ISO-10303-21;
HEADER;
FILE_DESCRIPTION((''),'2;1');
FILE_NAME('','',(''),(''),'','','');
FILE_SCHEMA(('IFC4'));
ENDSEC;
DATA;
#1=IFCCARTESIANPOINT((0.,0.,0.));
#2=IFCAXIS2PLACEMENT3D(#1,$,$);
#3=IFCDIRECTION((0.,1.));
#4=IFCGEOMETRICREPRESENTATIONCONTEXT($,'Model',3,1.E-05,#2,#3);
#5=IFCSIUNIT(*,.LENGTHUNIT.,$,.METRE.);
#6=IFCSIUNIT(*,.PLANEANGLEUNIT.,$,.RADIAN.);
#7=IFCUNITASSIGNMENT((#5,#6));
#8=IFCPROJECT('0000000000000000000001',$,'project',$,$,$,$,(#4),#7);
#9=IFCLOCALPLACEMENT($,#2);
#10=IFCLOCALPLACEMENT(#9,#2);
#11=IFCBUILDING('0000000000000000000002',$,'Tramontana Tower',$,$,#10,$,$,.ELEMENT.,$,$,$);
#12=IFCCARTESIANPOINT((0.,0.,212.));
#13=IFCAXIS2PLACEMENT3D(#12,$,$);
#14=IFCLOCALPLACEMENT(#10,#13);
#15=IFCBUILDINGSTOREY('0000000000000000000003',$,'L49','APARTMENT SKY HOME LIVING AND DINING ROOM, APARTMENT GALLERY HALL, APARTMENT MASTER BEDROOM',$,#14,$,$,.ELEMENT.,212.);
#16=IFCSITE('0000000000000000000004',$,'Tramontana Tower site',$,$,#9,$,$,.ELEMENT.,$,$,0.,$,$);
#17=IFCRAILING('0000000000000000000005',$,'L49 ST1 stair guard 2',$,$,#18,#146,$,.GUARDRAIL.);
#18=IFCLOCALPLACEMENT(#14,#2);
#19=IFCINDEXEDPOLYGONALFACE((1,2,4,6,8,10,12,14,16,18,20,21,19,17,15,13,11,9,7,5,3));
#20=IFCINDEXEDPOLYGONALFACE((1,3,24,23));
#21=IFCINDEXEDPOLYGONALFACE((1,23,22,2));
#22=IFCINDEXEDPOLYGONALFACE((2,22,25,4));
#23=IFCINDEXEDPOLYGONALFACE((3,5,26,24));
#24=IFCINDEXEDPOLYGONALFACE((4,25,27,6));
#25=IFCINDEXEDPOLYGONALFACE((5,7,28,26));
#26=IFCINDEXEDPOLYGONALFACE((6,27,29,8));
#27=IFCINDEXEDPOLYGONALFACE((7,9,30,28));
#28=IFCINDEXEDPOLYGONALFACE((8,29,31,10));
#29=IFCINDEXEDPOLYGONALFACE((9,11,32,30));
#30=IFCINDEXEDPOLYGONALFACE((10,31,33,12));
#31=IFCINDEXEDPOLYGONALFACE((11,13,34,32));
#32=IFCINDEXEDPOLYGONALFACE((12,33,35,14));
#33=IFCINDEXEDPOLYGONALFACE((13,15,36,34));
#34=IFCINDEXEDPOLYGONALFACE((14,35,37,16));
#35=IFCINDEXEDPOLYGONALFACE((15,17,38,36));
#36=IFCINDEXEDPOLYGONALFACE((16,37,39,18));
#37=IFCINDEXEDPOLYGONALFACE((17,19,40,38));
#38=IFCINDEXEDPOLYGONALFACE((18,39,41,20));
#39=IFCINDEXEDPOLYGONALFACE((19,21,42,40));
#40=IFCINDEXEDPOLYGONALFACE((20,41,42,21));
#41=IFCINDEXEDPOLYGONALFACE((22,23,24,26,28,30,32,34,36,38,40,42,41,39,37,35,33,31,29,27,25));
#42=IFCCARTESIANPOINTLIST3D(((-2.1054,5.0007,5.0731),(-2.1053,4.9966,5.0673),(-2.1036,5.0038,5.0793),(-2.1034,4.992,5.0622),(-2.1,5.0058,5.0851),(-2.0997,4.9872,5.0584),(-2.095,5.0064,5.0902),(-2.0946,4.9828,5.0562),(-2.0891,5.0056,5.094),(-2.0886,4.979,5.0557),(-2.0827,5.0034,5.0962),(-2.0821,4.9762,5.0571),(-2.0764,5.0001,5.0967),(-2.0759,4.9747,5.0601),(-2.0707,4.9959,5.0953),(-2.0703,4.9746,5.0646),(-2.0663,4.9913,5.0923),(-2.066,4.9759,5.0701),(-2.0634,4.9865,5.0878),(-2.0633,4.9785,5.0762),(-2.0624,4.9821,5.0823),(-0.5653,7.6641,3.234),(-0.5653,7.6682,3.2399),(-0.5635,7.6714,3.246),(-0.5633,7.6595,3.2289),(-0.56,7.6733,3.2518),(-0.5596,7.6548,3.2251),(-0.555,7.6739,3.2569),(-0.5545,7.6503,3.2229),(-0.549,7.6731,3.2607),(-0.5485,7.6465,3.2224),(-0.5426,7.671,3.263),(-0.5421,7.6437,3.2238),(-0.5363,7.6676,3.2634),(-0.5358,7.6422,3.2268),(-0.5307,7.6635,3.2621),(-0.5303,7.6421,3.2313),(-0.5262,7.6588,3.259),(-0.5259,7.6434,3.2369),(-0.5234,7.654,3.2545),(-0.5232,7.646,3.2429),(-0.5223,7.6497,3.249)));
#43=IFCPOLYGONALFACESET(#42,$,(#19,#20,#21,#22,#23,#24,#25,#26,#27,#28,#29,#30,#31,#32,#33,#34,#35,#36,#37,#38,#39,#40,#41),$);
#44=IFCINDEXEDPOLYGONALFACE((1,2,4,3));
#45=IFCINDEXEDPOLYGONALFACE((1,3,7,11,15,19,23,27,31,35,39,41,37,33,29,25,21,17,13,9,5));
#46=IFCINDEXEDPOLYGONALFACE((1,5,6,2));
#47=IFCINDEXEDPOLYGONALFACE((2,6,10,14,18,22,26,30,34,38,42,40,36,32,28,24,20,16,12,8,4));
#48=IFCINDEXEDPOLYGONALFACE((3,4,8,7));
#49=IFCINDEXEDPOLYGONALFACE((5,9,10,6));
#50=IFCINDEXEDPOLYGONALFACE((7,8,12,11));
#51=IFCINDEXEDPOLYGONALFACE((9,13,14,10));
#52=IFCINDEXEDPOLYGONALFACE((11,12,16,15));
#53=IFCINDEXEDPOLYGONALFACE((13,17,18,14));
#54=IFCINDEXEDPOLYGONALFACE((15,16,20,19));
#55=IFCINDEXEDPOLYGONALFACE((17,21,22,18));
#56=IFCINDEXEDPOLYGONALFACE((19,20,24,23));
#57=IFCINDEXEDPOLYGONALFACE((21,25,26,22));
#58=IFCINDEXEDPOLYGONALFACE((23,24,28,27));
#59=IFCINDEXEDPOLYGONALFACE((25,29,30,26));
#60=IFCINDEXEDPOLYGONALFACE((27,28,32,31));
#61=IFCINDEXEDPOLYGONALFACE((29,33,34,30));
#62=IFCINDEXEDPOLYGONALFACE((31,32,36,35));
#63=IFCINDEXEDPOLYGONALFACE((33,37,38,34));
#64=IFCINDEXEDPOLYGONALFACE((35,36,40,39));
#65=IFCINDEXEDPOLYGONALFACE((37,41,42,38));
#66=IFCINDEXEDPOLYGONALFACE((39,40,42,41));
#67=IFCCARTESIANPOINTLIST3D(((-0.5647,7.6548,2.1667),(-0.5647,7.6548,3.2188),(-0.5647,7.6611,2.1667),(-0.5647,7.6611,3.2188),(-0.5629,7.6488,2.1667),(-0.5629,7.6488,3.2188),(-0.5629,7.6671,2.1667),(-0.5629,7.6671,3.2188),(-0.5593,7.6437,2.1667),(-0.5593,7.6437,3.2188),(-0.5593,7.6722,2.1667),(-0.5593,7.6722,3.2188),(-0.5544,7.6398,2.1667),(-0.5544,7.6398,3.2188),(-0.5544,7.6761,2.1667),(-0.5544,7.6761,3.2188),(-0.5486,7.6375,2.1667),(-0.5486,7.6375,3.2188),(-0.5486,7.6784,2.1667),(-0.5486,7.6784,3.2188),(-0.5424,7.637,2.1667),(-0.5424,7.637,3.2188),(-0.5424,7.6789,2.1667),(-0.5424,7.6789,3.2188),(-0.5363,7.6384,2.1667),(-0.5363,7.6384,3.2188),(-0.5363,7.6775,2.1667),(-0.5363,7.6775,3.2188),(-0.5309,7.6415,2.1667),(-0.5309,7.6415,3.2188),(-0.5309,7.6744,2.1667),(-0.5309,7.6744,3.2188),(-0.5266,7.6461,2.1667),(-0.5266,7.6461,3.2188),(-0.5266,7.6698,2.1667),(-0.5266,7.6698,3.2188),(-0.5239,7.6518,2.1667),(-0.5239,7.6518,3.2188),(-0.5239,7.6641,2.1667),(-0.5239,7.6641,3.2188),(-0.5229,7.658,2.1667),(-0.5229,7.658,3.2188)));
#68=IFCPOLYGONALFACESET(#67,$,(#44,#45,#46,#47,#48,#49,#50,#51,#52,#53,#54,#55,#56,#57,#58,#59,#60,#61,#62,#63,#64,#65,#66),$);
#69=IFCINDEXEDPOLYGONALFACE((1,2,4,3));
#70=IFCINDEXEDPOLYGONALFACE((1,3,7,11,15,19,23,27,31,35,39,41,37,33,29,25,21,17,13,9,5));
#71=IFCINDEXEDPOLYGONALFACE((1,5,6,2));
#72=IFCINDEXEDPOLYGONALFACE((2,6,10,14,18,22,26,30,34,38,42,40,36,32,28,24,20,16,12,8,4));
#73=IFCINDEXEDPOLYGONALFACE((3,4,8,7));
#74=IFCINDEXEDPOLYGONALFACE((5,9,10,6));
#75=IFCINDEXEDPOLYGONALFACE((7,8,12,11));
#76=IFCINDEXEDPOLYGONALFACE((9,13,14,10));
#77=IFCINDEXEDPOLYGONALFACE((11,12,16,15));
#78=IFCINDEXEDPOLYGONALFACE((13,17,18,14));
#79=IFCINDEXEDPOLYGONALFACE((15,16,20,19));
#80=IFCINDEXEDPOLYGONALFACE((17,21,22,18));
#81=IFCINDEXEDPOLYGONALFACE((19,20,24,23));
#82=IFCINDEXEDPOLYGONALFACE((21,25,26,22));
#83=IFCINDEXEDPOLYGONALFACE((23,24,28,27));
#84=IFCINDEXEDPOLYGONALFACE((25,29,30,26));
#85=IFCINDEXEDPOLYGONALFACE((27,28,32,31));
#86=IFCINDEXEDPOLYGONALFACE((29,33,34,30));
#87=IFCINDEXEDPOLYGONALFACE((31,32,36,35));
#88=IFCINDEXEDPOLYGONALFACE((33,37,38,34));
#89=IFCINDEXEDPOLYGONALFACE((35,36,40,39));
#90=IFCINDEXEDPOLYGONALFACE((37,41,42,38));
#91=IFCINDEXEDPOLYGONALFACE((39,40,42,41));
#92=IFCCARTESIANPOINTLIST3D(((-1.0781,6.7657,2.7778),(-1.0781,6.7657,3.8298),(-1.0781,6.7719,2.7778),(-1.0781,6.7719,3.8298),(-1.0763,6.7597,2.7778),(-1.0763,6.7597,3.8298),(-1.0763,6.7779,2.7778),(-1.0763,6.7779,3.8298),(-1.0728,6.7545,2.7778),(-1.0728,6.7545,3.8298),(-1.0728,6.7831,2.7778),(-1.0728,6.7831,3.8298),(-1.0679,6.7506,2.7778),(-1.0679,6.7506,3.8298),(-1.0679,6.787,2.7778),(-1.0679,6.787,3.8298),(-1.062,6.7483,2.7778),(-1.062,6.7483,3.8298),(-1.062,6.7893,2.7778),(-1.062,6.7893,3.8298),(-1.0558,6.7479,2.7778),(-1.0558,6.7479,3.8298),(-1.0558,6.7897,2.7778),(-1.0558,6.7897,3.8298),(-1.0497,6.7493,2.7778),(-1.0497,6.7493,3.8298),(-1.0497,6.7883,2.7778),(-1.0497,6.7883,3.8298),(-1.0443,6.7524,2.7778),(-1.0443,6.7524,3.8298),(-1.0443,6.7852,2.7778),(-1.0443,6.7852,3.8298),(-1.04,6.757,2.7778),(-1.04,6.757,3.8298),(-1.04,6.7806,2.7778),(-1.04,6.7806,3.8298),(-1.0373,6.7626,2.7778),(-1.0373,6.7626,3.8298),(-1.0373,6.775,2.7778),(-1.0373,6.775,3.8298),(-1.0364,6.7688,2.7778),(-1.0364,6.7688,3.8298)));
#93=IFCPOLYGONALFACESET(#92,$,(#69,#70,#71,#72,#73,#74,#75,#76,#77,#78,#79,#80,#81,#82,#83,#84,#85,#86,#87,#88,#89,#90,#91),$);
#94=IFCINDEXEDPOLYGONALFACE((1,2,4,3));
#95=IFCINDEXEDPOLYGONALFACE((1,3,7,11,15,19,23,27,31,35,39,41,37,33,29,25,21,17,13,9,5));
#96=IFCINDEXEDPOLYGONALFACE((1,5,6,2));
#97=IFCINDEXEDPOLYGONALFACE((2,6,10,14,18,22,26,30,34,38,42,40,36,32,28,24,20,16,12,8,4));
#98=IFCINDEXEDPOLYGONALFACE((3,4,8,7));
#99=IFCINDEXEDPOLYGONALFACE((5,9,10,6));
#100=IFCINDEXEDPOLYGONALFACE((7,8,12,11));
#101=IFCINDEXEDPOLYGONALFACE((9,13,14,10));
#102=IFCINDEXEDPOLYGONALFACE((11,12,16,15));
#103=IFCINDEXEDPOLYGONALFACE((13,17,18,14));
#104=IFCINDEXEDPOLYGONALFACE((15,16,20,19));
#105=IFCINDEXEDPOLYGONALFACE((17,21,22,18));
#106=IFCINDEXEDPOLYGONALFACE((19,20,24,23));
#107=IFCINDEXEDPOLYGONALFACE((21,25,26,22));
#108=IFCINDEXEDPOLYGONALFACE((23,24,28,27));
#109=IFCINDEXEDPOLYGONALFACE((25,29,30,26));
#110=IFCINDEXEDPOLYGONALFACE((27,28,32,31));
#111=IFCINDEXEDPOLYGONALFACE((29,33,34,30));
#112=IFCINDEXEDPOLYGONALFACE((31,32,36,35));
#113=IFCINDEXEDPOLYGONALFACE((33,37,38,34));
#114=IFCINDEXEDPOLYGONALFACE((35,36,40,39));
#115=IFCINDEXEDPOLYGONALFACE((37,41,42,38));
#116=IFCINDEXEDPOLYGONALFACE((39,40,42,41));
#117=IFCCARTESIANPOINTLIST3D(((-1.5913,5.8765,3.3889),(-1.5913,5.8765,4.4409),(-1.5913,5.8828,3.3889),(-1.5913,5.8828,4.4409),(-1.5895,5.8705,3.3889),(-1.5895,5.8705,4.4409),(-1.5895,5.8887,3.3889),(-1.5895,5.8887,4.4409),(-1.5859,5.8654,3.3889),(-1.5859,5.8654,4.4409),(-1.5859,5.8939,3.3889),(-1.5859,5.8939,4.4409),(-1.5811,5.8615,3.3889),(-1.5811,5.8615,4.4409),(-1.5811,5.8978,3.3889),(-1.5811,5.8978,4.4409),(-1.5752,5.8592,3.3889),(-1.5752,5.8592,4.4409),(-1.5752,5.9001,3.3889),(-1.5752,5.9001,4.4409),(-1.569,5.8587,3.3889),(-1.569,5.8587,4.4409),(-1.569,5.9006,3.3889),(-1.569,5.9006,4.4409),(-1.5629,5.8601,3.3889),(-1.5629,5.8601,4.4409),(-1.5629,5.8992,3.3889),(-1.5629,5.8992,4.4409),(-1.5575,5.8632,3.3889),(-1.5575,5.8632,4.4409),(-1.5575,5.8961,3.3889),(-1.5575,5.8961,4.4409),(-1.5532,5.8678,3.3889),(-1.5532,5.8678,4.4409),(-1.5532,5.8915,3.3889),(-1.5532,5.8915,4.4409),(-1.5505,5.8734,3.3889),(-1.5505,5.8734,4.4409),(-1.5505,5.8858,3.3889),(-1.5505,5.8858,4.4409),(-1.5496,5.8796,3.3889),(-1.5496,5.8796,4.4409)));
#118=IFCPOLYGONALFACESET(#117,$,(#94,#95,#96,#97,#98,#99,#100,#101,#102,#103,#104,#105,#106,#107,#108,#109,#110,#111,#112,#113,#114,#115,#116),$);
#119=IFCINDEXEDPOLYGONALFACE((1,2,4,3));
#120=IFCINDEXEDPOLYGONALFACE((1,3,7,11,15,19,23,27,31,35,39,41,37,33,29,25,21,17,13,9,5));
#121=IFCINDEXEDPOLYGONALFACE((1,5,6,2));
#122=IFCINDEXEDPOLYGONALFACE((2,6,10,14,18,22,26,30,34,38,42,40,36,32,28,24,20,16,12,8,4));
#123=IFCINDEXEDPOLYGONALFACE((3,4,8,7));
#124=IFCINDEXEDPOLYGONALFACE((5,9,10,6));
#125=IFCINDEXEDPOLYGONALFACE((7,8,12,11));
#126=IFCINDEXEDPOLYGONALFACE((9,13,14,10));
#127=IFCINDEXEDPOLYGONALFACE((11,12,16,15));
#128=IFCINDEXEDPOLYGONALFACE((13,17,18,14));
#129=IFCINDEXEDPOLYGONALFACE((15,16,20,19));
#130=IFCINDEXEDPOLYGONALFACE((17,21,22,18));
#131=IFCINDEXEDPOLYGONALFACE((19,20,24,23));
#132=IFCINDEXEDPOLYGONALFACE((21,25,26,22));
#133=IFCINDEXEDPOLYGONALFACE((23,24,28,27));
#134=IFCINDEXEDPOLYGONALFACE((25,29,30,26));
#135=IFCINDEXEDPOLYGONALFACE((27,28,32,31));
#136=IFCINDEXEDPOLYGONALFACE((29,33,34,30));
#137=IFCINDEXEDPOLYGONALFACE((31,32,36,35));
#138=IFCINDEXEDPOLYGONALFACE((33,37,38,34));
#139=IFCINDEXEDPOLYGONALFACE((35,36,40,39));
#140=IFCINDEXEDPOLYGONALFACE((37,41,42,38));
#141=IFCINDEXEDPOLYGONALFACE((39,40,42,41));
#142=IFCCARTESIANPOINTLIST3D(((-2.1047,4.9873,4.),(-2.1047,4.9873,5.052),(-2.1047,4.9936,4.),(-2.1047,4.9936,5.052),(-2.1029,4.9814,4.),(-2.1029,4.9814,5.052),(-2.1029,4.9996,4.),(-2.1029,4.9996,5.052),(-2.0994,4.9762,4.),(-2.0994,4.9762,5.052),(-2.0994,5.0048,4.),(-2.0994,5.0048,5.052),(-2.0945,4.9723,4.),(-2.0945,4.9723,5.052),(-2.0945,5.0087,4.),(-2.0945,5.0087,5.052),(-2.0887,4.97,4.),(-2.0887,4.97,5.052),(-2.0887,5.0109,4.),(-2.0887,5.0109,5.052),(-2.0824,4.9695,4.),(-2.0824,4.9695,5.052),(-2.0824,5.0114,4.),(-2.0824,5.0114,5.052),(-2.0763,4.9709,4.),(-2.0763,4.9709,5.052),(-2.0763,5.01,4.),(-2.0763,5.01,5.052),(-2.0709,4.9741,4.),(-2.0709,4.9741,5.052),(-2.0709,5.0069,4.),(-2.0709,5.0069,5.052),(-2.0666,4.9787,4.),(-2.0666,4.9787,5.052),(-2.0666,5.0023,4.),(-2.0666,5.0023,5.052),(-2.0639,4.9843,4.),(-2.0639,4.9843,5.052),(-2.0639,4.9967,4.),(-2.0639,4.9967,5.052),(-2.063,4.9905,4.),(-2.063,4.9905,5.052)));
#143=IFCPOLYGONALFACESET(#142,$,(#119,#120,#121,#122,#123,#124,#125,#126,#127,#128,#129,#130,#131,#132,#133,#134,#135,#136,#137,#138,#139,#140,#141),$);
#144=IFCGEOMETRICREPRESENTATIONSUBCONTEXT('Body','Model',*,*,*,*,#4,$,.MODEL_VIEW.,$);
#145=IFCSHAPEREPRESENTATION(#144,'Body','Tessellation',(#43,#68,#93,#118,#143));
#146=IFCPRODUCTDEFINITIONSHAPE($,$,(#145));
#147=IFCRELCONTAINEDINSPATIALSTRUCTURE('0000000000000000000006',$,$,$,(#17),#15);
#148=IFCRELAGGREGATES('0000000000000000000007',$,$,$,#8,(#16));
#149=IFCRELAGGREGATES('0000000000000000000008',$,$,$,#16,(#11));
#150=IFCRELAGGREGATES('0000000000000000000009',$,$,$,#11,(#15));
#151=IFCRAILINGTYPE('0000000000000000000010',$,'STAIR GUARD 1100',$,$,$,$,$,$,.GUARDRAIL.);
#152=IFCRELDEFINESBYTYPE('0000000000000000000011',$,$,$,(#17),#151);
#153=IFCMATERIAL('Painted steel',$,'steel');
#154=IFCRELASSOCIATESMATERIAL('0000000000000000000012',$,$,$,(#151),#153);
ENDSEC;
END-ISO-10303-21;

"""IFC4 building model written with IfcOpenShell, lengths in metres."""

from ifc_helpers import new_model, si_unit, direction, frame, origin, origin_2d, place, context, subcontext, project, spatial, circle, extrude, material, type_object, element, save


model = new_model("IFC4")

# Units and contexts
model_context = context("Model", 3, precision=1e-05, world=origin(), true_north=direction((0.0, 1.0)))
body_context = subcontext(model_context, "Body", "Model", "MODEL_VIEW")
ifc_project = project(units=[si_unit("LENGTHUNIT", "METRE"), si_unit("PLANEANGLEUNIT", "RADIAN")], contexts=[model_context])

# Site, building, storey
site_placement = place(None, origin())
site = spatial("IfcSite", under=ifc_project, at=site_placement, Name="Tramontana Tower site", CompositionType="ELEMENT", RefElevation=0.0)
building_placement = place(site_placement, origin())
building = spatial("IfcBuilding", under=site, at=building_placement, Name="Tramontana Tower", CompositionType="ELEMENT")
storey_placement = place(building_placement, frame((0.0, 0.0, 212.0)))
storey = spatial("IfcBuildingStorey", under=building, at=storey_placement, Name="L49", Description="APARTMENT SKY HOME LIVING AND DINING ROOM, APARTMENT GALLERY HALL, APARTMENT MASTER BEDROOM", CompositionType="ELEMENT", Elevation=212.0)

# Railing
ifc_material_1 = material(Name="Painted steel", Category="steel")
railing_type_1 = type_object("IfcRailingType", Name="STAIR GUARD 1100", PredefinedType="GUARDRAIL", material=ifc_material_1)
railing_1_placement = place(storey_placement, frame((-0.5439, 7.658, 2.1667)))
element("IfcRailing", 1, at=railing_1_placement, inside=storey, type_object=railing_type_1, Name="L49 ST1 stair guard 2", PredefinedType="GUARDRAIL", context=body_context, shape_type="SweptSolid", body=[
    extrude(circle(Radius=0.0239, at=origin_2d()), frame((0.0, 0.0, 1.0762), z_axis=(-0.429649, -0.74419, 0.511452), x_axis=(0.86603, -0.499992, 0.0)), (0.0, 0.0, 1.0), 3.5845),
    extrude(circle(Radius=0.021, at=origin_2d()), origin(), (0.0, 0.0, 1.0), 1.052),
    extrude(circle(Radius=0.021, at=origin_2d()), frame((-0.5134, -0.8892, 0.6111)), (0.0, 0.0, 1.0), 1.052),
    extrude(circle(Radius=0.021, at=origin_2d()), frame((-1.0266, -1.7783, 1.2222)), (0.0, 0.0, 1.0), 1.052),
    extrude(circle(Radius=0.021, at=origin_2d()), frame((-1.54, -2.6675, 1.8333)), (0.0, 0.0, 1.0), 1.052),
])

save(model, "model.ifc")
